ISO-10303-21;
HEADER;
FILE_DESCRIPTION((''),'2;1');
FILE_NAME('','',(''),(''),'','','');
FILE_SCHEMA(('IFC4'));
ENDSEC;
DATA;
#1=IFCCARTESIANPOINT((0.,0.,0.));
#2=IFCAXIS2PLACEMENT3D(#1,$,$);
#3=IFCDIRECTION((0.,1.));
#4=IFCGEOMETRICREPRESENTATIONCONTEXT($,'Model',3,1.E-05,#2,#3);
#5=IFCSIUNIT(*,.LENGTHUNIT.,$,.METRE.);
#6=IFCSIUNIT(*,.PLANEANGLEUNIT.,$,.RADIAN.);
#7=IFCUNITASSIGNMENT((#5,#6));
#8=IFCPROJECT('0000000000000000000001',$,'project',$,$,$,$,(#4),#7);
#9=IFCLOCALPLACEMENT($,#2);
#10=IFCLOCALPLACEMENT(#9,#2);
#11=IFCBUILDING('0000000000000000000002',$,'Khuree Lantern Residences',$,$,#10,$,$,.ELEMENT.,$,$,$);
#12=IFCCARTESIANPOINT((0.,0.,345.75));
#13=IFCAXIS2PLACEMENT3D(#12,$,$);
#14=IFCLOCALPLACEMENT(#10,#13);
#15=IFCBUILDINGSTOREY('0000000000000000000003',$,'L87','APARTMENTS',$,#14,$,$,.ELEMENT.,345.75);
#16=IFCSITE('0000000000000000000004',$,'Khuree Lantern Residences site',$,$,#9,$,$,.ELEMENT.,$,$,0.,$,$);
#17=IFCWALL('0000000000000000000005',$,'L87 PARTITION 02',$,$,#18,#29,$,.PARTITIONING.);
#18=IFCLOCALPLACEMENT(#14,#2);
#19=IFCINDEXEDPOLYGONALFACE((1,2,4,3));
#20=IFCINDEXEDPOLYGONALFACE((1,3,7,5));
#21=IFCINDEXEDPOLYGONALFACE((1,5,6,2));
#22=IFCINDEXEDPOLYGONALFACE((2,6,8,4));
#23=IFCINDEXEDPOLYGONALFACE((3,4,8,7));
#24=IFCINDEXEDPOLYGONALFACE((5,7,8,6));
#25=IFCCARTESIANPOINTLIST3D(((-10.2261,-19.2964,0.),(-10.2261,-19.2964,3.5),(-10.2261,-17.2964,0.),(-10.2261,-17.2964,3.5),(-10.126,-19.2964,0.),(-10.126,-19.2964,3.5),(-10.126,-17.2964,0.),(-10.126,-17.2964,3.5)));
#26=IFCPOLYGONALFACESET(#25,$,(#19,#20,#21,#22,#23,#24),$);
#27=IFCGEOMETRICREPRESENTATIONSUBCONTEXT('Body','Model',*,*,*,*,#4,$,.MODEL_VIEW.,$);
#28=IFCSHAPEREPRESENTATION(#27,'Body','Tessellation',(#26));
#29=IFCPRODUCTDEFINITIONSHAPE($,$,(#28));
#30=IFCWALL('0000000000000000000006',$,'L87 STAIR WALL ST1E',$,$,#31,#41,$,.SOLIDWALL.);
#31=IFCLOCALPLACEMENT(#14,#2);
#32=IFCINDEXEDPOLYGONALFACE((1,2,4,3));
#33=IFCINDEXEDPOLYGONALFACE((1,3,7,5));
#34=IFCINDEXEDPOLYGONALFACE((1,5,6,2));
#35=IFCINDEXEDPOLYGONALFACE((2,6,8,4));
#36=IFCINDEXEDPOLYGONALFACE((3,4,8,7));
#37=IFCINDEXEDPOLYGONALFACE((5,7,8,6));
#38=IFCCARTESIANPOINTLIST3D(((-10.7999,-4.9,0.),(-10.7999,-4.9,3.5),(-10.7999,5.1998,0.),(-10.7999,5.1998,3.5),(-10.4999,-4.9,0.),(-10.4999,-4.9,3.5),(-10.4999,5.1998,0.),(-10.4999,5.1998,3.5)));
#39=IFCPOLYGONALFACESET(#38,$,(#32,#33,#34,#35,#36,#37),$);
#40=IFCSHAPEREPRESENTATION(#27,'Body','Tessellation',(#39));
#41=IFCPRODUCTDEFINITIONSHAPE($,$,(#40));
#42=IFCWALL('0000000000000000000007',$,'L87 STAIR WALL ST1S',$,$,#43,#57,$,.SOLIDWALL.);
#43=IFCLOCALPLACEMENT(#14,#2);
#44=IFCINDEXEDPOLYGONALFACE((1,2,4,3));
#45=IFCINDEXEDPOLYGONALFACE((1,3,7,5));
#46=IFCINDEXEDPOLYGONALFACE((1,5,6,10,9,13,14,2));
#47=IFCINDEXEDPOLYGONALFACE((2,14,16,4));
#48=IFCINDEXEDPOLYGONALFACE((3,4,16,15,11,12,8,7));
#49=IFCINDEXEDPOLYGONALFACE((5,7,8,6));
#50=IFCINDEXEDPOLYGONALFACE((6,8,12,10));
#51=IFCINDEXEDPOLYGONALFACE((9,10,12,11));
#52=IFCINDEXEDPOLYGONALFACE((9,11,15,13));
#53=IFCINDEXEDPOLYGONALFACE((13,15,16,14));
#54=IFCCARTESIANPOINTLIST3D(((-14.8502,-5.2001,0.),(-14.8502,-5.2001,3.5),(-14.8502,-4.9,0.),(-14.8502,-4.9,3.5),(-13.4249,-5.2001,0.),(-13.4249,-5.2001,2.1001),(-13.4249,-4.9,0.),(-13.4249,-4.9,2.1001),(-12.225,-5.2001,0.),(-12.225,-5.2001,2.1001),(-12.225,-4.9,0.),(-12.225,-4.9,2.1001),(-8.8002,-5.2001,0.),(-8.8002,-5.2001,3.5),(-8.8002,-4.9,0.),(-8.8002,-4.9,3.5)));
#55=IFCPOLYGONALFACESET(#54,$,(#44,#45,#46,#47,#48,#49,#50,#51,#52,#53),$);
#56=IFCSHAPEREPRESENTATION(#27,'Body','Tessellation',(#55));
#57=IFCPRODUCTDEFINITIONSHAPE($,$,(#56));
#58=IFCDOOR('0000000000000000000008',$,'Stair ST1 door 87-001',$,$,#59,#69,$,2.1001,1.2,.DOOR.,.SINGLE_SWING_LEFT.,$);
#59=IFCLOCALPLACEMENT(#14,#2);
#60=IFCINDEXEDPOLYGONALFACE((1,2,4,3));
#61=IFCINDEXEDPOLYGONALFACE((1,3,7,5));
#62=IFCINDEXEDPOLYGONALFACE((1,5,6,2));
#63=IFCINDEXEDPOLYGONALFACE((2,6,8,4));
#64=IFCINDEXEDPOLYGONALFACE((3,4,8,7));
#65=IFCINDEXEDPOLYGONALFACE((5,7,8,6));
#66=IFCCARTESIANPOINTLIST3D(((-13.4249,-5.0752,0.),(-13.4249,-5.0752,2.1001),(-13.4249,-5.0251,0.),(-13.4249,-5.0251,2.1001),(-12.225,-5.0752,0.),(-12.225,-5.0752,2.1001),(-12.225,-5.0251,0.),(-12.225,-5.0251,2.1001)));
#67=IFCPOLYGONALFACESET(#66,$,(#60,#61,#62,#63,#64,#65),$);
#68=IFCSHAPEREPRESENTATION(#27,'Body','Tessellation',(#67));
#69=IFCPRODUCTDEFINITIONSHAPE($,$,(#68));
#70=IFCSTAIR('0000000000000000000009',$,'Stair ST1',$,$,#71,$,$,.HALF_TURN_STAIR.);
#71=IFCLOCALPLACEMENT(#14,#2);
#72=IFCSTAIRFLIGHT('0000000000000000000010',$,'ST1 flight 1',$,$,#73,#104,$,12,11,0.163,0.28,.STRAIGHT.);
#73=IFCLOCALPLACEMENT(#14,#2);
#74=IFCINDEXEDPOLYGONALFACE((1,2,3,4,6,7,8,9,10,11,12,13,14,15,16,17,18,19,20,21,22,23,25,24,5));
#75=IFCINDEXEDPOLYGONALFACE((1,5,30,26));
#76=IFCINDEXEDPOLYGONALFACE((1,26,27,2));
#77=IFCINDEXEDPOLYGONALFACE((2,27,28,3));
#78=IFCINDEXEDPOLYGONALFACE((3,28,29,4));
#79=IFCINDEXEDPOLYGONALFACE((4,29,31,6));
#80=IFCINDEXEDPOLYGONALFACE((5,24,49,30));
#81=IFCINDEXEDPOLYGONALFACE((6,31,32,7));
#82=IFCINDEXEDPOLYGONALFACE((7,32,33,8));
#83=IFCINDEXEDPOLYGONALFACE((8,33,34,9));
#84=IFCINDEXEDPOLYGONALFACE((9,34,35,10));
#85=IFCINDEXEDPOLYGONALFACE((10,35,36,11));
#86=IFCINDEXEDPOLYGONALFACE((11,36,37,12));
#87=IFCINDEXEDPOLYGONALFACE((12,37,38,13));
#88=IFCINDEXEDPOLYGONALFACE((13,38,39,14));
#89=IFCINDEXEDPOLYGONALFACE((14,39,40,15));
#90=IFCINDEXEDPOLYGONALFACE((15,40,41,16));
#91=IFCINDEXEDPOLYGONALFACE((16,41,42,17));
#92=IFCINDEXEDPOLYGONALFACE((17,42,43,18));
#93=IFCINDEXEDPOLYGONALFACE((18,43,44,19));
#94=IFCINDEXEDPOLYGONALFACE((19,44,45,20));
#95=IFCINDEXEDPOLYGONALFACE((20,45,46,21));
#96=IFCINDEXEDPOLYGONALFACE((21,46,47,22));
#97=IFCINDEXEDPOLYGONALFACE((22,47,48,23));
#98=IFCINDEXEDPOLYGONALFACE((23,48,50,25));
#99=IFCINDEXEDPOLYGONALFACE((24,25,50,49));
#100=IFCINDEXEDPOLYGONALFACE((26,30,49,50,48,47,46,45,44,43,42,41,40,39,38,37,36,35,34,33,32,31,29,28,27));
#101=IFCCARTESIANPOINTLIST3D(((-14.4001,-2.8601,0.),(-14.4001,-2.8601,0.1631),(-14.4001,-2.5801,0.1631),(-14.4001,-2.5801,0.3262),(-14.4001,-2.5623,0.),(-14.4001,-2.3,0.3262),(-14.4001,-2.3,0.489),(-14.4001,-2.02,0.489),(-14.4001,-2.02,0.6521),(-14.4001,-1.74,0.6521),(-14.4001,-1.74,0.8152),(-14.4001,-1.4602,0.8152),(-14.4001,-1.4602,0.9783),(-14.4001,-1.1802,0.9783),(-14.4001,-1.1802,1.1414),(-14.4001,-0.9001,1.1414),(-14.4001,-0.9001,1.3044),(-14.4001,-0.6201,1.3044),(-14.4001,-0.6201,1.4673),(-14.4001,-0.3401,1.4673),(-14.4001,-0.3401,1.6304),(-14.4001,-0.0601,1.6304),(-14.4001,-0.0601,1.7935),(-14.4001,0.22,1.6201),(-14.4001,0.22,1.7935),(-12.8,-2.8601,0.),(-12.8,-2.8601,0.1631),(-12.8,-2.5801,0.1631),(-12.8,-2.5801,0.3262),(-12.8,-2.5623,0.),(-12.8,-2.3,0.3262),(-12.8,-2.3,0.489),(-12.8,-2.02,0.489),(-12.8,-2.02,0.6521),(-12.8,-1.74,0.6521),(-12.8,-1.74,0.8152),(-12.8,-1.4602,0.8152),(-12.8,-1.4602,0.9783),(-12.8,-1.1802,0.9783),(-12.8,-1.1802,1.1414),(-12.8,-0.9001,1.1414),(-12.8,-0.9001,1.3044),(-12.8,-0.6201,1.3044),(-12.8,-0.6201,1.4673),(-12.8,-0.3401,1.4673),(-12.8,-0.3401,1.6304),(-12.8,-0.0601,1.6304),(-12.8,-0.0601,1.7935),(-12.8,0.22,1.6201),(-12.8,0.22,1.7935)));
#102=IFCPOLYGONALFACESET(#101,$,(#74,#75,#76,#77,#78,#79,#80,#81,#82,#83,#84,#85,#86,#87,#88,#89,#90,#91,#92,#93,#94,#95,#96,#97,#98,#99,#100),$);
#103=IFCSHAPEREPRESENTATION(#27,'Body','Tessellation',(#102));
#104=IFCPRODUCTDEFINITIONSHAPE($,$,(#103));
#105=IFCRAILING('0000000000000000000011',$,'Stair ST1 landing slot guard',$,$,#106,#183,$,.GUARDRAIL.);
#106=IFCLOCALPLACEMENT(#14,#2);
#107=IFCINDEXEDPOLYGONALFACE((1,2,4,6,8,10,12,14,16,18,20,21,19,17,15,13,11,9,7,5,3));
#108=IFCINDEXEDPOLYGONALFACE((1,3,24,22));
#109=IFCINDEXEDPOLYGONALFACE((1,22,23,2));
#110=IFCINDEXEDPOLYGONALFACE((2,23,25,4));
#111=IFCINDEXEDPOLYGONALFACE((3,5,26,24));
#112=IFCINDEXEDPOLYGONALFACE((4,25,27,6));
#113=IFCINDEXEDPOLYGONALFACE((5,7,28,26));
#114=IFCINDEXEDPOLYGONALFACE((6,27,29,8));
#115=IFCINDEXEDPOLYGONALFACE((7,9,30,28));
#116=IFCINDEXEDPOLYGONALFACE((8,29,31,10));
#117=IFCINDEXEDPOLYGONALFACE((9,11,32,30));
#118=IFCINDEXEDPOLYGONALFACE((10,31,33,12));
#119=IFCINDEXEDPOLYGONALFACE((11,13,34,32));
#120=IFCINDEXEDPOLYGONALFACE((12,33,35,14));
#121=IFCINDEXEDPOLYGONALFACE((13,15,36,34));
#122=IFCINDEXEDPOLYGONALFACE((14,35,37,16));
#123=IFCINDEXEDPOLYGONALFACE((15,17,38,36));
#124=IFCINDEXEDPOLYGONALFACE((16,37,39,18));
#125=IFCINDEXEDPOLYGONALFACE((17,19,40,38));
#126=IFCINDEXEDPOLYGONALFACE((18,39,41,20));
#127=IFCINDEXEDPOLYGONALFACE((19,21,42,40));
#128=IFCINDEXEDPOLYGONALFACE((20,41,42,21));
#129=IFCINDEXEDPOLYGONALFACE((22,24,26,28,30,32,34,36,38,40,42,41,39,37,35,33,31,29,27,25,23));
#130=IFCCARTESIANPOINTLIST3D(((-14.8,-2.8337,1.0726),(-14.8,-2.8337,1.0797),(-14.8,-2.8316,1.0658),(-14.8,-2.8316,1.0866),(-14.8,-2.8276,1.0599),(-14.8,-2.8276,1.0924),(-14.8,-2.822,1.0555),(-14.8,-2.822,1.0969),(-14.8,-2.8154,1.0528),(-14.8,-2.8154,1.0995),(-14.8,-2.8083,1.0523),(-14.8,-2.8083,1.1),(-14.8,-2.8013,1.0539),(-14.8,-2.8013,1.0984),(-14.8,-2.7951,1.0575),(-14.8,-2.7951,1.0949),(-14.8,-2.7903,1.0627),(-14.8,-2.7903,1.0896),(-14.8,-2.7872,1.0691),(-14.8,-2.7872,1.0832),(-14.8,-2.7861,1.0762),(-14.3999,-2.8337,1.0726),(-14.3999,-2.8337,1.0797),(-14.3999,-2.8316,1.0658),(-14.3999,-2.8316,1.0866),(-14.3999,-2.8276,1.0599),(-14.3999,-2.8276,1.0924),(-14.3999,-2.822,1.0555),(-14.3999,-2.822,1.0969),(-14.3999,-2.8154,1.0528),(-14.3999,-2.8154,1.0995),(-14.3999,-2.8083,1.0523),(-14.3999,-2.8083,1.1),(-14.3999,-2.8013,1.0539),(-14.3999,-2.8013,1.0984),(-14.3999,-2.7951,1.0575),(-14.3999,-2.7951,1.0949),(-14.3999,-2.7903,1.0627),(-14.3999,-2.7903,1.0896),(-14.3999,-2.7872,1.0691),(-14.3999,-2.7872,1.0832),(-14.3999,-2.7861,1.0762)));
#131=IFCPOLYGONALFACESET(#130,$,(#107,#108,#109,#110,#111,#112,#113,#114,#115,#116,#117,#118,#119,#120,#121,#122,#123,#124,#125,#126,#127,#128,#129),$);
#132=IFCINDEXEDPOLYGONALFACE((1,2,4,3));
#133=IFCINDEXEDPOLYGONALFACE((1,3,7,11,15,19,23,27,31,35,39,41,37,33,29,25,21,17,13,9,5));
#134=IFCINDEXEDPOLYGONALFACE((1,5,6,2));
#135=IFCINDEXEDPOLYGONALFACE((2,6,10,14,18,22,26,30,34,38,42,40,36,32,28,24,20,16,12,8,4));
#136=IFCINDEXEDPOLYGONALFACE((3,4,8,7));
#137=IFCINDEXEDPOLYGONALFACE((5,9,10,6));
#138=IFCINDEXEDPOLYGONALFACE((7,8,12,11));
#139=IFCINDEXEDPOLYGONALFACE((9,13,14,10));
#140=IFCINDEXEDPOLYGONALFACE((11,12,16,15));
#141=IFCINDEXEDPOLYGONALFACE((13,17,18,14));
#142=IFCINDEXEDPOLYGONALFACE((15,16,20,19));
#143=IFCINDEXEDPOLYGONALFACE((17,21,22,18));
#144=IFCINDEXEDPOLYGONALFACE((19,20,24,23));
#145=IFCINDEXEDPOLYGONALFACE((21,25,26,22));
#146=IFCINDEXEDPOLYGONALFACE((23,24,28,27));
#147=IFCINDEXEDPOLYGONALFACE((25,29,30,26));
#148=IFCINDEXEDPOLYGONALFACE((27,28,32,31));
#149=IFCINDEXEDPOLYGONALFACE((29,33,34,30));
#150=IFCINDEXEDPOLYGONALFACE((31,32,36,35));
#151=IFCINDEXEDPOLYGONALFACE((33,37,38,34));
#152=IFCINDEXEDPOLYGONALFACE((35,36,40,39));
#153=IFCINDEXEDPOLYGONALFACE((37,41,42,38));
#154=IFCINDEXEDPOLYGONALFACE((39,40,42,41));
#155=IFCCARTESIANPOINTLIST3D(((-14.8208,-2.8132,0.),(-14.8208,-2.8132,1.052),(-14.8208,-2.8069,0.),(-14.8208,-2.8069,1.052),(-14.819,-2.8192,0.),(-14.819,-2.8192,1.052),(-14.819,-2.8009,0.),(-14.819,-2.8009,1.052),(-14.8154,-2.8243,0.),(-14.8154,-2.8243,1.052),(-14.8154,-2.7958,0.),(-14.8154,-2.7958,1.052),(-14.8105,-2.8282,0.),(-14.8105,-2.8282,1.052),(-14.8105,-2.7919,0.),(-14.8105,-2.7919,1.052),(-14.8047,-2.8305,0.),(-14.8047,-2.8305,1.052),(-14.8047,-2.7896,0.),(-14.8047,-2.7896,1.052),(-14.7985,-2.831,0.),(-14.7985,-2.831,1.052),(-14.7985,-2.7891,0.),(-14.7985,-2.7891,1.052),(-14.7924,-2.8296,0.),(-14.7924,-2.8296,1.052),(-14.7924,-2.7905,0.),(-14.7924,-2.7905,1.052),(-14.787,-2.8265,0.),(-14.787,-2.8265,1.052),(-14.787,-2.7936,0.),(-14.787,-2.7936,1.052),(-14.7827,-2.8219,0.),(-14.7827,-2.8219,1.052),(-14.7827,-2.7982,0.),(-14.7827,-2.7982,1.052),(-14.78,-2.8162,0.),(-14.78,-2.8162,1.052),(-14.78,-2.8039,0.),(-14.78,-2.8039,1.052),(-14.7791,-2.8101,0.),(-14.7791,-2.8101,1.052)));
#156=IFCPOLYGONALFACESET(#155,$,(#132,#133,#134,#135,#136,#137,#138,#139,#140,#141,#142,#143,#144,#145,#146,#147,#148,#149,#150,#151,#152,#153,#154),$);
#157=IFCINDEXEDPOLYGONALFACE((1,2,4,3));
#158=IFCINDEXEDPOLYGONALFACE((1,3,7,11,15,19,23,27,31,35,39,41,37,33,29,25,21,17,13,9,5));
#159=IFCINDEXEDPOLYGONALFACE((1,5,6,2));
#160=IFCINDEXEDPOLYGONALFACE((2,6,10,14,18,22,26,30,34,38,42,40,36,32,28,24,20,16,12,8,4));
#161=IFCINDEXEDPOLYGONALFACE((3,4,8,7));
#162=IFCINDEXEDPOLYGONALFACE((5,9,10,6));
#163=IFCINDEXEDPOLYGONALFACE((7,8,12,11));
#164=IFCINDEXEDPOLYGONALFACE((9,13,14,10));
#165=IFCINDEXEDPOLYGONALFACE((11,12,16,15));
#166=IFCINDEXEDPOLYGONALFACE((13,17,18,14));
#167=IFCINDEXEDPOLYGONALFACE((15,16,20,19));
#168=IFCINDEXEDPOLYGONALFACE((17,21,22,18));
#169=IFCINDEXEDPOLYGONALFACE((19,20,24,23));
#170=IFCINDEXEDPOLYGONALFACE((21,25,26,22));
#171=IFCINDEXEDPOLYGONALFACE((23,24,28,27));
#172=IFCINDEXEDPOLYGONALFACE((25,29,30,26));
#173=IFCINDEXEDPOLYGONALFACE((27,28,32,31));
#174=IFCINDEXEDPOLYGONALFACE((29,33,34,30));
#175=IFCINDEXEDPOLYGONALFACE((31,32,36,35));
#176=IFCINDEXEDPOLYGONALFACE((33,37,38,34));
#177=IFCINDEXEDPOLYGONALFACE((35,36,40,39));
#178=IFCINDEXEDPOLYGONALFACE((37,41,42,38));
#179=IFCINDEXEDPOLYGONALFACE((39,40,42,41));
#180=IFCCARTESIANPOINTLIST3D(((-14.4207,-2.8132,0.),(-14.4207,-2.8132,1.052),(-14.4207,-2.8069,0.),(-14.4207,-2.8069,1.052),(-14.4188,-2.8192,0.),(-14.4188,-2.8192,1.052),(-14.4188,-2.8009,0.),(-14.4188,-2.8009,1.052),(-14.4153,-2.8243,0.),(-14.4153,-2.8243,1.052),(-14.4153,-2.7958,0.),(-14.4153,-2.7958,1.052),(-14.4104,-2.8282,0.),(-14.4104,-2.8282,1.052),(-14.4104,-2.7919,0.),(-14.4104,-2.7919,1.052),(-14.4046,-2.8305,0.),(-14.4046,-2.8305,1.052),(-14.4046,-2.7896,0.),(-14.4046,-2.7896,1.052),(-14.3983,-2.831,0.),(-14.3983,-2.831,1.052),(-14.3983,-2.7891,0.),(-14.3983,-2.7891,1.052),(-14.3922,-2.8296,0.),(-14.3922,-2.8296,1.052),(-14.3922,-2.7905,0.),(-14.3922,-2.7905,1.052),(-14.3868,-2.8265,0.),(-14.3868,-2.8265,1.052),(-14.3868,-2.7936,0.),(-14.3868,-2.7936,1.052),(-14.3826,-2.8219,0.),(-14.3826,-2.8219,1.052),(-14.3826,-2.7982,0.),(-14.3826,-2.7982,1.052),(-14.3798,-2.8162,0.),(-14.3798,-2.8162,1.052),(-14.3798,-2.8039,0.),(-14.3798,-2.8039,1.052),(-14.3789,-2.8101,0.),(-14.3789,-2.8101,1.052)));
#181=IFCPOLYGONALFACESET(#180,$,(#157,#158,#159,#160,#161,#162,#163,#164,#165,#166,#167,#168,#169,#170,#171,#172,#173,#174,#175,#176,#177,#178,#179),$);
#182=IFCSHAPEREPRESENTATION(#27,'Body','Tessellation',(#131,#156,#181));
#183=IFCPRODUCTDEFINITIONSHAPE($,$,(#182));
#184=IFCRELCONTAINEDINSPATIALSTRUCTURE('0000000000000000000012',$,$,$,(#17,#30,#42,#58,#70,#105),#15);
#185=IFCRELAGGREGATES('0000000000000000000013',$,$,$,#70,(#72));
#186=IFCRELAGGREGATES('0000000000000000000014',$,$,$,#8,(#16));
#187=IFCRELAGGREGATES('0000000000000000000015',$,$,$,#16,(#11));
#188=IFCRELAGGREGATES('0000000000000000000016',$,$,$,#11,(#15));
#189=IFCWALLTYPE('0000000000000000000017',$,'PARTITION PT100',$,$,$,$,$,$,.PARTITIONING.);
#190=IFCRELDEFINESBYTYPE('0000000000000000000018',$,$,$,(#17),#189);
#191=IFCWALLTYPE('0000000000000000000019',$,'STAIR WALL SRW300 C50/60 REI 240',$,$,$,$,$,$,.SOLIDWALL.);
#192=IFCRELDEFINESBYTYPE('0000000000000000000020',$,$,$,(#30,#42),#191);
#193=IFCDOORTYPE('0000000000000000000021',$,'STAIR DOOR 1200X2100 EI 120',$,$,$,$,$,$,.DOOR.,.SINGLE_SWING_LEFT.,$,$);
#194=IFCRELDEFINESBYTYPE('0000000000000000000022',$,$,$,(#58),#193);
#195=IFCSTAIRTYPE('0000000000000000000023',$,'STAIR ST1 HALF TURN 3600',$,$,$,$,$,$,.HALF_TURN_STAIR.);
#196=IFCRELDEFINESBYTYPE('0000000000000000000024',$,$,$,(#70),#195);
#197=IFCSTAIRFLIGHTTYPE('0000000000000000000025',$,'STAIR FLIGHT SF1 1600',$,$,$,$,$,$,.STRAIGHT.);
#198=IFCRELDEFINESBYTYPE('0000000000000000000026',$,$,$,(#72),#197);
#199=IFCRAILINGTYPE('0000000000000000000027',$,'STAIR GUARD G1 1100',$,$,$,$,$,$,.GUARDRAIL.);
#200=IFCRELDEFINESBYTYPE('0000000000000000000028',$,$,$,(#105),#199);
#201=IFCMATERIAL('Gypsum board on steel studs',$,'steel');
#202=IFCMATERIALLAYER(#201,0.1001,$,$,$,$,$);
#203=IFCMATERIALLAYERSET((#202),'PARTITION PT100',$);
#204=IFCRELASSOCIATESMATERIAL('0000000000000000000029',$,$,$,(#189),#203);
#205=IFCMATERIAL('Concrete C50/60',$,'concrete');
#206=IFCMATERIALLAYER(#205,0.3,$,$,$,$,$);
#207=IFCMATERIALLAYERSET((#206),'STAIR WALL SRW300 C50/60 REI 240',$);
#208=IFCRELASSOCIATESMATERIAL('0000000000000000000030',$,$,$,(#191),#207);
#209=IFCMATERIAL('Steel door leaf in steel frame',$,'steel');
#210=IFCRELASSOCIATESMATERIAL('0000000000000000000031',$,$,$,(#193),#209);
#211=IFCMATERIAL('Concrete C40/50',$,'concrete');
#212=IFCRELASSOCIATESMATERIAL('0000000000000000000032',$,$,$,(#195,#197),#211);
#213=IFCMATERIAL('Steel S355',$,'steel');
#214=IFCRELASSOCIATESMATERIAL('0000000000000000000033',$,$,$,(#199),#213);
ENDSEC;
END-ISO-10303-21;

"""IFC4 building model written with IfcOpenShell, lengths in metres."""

from ifc_helpers import new_model, si_unit, direction, frame, frame_2d, origin, origin_2d, place, context, subcontext, project, spatial, polyline, rectangle, circle, outline, extrude, material, layer, layer_set, type_object, element, fill, aggregate, save


model = new_model("IFC4")

# Units and contexts
model_context = context("Model", 3, precision=1e-05, world=origin(), true_north=direction((0.0, 1.0)))
body_context = subcontext(model_context, "Body", "Model", "MODEL_VIEW")
ifc_project = project(units=[si_unit("LENGTHUNIT", "METRE"), si_unit("PLANEANGLEUNIT", "RADIAN")], contexts=[model_context])

# Site, building, storey
site_placement = place(None, origin())
site = spatial("IfcSite", under=ifc_project, at=site_placement, Name="Khuree Lantern Residences site", CompositionType="ELEMENT", RefElevation=0.0)
building_placement = place(site_placement, origin())
building = spatial("IfcBuilding", under=site, at=building_placement, Name="Khuree Lantern Residences", CompositionType="ELEMENT")
storey_placement = place(building_placement, frame((0.0, 0.0, 345.75)))
storey = spatial("IfcBuildingStorey", under=building, at=storey_placement, Name="L87", Description="APARTMENTS", CompositionType="ELEMENT", Elevation=345.75)

# Shared definitions
ifc_material_1 = material(Name="Steel door leaf in steel frame", Category="steel")

# Shared definitions
ifc_material_2 = material(Name="Concrete C50/60", Category="concrete")

# Walls
ifc_material_3 = material(Name="Gypsum board on steel studs", Category="steel")
ifc_layer_1 = layer(ifc_material_3, 0.1001)
ifc_layer_set_1 = layer_set([ifc_layer_1], Name="PARTITION PT100")
wall_type_1 = type_object("IfcWallType", Name="PARTITION PT100", PredefinedType="PARTITIONING", material=ifc_layer_set_1)
wall_1_placement = place(storey_placement, frame((-10.176, -17.2964, 0.0), z_axis=(0.0, 0.0, 1.0), x_axis=(0.0, -1.0, 0.0)))
element("IfcWall", 1, at=wall_1_placement, inside=storey, type_object=wall_type_1, Name="L87 PARTITION 02", PredefinedType="PARTITIONING", context=body_context, shape_type="SweptSolid", body=[
    extrude(rectangle(XDim=2.0, YDim=0.1001, at=frame_2d((1.0, 0.0))), origin(), (0.0, 0.0, 1.0), 3.5),
])
ifc_layer_2 = layer(ifc_material_2, 0.3)
ifc_layer_set_2 = layer_set([ifc_layer_2], Name="STAIR WALL SRW300 C50/60 REI 240")
wall_type_2 = type_object("IfcWallType", Name="STAIR WALL SRW300 C50/60 REI 240", PredefinedType="SOLIDWALL", material=ifc_layer_set_2)
wall_2_placement = place(storey_placement, frame((-10.6499, -4.8999, 0.0), z_axis=(0.0, 0.0, 1.0), x_axis=(0.0, 1.0, 0.0)))
element("IfcWall", 2, at=wall_2_placement, inside=storey, type_object=wall_type_2, Name="L87 STAIR WALL ST1E", PredefinedType="SOLIDWALL", context=body_context, shape_type="SweptSolid", body=[
    extrude(rectangle(XDim=10.0999, YDim=0.3, at=frame_2d((5.0498, 0.0))), origin(), (0.0, 0.0, 1.0), 3.5),
])

# Wall, opening, door
wall_3_placement = place(storey_placement, frame((-14.8501, -5.05, 0.0), z_axis=(0.0, 0.0, 1.0), x_axis=(1.0, 0.0, 0.0)))
wall_3 = element("IfcWall", 3, at=wall_3_placement, inside=storey, type_object=wall_type_2, Name="L87 STAIR WALL ST1S", PredefinedType="SOLIDWALL", context=body_context, shape_type="SweptSolid", body=[
    extrude(rectangle(XDim=6.05, YDim=0.3, at=frame_2d((3.0249, 0.0))), origin(), (0.0, 0.0, 1.0), 3.5),
])
opening_1_placement = place(wall_3_placement, frame((1.425, 0.0, 0.0)))
opening_1 = element("IfcOpeningElement", 4, at=opening_1_placement, cuts=wall_3, PredefinedType="OPENING", context=body_context, shape_type="SweptSolid", body=[
    extrude(rectangle(XDim=1.2, YDim=2.1001, at=frame_2d((0.6001, 1.05))), frame((0.0, 0.1602, 0.0), z_axis=(0.0, -1.0, 0.0), x_axis=(1.0, 0.0, 0.0)), (0.0, 0.0, 1.0), 0.3201),
])
door_type_1 = type_object("IfcDoorType", Name="STAIR DOOR 1200X2100 EI 120", OperationType="SINGLE_SWING_LEFT", PredefinedType="DOOR", material=ifc_material_1)
door_1_placement = place(opening_1_placement, origin())
door_1 = element("IfcDoor", 5, at=door_1_placement, inside=storey, type_object=door_type_1, Name="Stair ST1 door 87-001", OperationType="SINGLE_SWING_LEFT", OverallHeight=2.1001, OverallWidth=1.2, PredefinedType="DOOR", context=body_context, shape_type="SweptSolid", body=[
    extrude(rectangle(XDim=1.2, YDim=2.1001, at=frame_2d((0.6001, 1.05))), frame((0.0, 0.0249, 0.0), z_axis=(0.0, -1.0, 0.0), x_axis=(1.0, 0.0, 0.0)), (0.0, 0.0, 1.0), 0.05),
])
fill(opening_1, door_1)

# Stair, stair flight
ifc_material_4 = material(Name="Concrete C40/50", Category="concrete")
stair_type = type_object("IfcStairType", Name="STAIR ST1 HALF TURN 3600", PredefinedType="HALF_TURN_STAIR", material=ifc_material_4)
stair_placement = place(storey_placement, origin())
stair = element("IfcStair", 6, at=stair_placement, inside=storey, type_object=stair_type, Name="Stair ST1", PredefinedType="HALF_TURN_STAIR")
stair_flight_type = type_object("IfcStairFlightType", Name="STAIR FLIGHT SF1 1600", PredefinedType="STRAIGHT", material=ifc_material_4)
stair_flight_placement = place(storey_placement, frame((-13.6001, -2.8601, 0.0), z_axis=(0.0, 0.0, 1.0), x_axis=(0.0, 1.0, 0.0)))
stair_flight = element("IfcStairFlight", 7, at=stair_flight_placement, type_object=stair_flight_type, Name="ST1 flight 1", NumberOfRisers=12, NumberOfTreads=11, PredefinedType="STRAIGHT", RiserHeight=0.163, TreadLength=0.28, context=body_context, shape_type="SweptSolid", body=[
    extrude(outline(polyline([(0.0, 0.0), (0.0, 0.1631), (0.28, 0.1631), (0.28, 0.3262), (0.5601, 0.3262), (0.5601, 0.489), (0.8401, 0.489), (0.8401, 0.6521), (1.1201, 0.6521), (1.1201, 0.8152), (1.3999, 0.8152), (1.3999, 0.9783), (1.6799, 0.9783), (1.6799, 1.1414), (1.96, 1.1414), (1.96, 1.3044), (2.24, 1.3044), (2.24, 1.4673), (2.52, 1.4673), (2.52, 1.6304), (2.8, 1.6304), (2.8, 1.7935), (3.0801, 1.7935), (3.0801, 1.9565), (3.0801, 1.6201), (0.2979, 0.0), (0.0, 0.0)])), frame((0.0, 0.8, 0.0), z_axis=(0.0, -1.0, 0.0), x_axis=(1.0, 0.0, 0.0)), (0.0, 0.0, 1.0), 1.6001),
])
aggregate(stair, [stair_flight])

# Railing
ifc_material_5 = material(Name="Steel S355", Category="steel")
railing_type_1 = type_object("IfcRailingType", Name="STAIR GUARD G1 1100", PredefinedType="GUARDRAIL", material=ifc_material_5)
railing_1_placement = place(storey_placement, frame((-14.8, -2.8101, 0.0)))
element("IfcRailing", 8, at=railing_1_placement, inside=storey, type_object=railing_type_1, Name="Stair ST1 landing slot guard", PredefinedType="GUARDRAIL", context=body_context, shape_type="SweptSolid", body=[
    extrude(circle(Radius=0.0239, at=origin_2d()), frame((0.0, 0.0, 1.0762), z_axis=(1.0, 0.0, 0.0), x_axis=(0.0, 1.0, 0.0)), (0.0, 0.0, 1.0), 0.4001),
    extrude(circle(Radius=0.021, at=origin_2d()), origin(), (0.0, 0.0, 1.0), 1.052),
    extrude(circle(Radius=0.021, at=origin_2d()), frame((0.4001, 0.0, 0.0)), (0.0, 0.0, 1.0), 1.052),
])

save(model, "model.ifc")
